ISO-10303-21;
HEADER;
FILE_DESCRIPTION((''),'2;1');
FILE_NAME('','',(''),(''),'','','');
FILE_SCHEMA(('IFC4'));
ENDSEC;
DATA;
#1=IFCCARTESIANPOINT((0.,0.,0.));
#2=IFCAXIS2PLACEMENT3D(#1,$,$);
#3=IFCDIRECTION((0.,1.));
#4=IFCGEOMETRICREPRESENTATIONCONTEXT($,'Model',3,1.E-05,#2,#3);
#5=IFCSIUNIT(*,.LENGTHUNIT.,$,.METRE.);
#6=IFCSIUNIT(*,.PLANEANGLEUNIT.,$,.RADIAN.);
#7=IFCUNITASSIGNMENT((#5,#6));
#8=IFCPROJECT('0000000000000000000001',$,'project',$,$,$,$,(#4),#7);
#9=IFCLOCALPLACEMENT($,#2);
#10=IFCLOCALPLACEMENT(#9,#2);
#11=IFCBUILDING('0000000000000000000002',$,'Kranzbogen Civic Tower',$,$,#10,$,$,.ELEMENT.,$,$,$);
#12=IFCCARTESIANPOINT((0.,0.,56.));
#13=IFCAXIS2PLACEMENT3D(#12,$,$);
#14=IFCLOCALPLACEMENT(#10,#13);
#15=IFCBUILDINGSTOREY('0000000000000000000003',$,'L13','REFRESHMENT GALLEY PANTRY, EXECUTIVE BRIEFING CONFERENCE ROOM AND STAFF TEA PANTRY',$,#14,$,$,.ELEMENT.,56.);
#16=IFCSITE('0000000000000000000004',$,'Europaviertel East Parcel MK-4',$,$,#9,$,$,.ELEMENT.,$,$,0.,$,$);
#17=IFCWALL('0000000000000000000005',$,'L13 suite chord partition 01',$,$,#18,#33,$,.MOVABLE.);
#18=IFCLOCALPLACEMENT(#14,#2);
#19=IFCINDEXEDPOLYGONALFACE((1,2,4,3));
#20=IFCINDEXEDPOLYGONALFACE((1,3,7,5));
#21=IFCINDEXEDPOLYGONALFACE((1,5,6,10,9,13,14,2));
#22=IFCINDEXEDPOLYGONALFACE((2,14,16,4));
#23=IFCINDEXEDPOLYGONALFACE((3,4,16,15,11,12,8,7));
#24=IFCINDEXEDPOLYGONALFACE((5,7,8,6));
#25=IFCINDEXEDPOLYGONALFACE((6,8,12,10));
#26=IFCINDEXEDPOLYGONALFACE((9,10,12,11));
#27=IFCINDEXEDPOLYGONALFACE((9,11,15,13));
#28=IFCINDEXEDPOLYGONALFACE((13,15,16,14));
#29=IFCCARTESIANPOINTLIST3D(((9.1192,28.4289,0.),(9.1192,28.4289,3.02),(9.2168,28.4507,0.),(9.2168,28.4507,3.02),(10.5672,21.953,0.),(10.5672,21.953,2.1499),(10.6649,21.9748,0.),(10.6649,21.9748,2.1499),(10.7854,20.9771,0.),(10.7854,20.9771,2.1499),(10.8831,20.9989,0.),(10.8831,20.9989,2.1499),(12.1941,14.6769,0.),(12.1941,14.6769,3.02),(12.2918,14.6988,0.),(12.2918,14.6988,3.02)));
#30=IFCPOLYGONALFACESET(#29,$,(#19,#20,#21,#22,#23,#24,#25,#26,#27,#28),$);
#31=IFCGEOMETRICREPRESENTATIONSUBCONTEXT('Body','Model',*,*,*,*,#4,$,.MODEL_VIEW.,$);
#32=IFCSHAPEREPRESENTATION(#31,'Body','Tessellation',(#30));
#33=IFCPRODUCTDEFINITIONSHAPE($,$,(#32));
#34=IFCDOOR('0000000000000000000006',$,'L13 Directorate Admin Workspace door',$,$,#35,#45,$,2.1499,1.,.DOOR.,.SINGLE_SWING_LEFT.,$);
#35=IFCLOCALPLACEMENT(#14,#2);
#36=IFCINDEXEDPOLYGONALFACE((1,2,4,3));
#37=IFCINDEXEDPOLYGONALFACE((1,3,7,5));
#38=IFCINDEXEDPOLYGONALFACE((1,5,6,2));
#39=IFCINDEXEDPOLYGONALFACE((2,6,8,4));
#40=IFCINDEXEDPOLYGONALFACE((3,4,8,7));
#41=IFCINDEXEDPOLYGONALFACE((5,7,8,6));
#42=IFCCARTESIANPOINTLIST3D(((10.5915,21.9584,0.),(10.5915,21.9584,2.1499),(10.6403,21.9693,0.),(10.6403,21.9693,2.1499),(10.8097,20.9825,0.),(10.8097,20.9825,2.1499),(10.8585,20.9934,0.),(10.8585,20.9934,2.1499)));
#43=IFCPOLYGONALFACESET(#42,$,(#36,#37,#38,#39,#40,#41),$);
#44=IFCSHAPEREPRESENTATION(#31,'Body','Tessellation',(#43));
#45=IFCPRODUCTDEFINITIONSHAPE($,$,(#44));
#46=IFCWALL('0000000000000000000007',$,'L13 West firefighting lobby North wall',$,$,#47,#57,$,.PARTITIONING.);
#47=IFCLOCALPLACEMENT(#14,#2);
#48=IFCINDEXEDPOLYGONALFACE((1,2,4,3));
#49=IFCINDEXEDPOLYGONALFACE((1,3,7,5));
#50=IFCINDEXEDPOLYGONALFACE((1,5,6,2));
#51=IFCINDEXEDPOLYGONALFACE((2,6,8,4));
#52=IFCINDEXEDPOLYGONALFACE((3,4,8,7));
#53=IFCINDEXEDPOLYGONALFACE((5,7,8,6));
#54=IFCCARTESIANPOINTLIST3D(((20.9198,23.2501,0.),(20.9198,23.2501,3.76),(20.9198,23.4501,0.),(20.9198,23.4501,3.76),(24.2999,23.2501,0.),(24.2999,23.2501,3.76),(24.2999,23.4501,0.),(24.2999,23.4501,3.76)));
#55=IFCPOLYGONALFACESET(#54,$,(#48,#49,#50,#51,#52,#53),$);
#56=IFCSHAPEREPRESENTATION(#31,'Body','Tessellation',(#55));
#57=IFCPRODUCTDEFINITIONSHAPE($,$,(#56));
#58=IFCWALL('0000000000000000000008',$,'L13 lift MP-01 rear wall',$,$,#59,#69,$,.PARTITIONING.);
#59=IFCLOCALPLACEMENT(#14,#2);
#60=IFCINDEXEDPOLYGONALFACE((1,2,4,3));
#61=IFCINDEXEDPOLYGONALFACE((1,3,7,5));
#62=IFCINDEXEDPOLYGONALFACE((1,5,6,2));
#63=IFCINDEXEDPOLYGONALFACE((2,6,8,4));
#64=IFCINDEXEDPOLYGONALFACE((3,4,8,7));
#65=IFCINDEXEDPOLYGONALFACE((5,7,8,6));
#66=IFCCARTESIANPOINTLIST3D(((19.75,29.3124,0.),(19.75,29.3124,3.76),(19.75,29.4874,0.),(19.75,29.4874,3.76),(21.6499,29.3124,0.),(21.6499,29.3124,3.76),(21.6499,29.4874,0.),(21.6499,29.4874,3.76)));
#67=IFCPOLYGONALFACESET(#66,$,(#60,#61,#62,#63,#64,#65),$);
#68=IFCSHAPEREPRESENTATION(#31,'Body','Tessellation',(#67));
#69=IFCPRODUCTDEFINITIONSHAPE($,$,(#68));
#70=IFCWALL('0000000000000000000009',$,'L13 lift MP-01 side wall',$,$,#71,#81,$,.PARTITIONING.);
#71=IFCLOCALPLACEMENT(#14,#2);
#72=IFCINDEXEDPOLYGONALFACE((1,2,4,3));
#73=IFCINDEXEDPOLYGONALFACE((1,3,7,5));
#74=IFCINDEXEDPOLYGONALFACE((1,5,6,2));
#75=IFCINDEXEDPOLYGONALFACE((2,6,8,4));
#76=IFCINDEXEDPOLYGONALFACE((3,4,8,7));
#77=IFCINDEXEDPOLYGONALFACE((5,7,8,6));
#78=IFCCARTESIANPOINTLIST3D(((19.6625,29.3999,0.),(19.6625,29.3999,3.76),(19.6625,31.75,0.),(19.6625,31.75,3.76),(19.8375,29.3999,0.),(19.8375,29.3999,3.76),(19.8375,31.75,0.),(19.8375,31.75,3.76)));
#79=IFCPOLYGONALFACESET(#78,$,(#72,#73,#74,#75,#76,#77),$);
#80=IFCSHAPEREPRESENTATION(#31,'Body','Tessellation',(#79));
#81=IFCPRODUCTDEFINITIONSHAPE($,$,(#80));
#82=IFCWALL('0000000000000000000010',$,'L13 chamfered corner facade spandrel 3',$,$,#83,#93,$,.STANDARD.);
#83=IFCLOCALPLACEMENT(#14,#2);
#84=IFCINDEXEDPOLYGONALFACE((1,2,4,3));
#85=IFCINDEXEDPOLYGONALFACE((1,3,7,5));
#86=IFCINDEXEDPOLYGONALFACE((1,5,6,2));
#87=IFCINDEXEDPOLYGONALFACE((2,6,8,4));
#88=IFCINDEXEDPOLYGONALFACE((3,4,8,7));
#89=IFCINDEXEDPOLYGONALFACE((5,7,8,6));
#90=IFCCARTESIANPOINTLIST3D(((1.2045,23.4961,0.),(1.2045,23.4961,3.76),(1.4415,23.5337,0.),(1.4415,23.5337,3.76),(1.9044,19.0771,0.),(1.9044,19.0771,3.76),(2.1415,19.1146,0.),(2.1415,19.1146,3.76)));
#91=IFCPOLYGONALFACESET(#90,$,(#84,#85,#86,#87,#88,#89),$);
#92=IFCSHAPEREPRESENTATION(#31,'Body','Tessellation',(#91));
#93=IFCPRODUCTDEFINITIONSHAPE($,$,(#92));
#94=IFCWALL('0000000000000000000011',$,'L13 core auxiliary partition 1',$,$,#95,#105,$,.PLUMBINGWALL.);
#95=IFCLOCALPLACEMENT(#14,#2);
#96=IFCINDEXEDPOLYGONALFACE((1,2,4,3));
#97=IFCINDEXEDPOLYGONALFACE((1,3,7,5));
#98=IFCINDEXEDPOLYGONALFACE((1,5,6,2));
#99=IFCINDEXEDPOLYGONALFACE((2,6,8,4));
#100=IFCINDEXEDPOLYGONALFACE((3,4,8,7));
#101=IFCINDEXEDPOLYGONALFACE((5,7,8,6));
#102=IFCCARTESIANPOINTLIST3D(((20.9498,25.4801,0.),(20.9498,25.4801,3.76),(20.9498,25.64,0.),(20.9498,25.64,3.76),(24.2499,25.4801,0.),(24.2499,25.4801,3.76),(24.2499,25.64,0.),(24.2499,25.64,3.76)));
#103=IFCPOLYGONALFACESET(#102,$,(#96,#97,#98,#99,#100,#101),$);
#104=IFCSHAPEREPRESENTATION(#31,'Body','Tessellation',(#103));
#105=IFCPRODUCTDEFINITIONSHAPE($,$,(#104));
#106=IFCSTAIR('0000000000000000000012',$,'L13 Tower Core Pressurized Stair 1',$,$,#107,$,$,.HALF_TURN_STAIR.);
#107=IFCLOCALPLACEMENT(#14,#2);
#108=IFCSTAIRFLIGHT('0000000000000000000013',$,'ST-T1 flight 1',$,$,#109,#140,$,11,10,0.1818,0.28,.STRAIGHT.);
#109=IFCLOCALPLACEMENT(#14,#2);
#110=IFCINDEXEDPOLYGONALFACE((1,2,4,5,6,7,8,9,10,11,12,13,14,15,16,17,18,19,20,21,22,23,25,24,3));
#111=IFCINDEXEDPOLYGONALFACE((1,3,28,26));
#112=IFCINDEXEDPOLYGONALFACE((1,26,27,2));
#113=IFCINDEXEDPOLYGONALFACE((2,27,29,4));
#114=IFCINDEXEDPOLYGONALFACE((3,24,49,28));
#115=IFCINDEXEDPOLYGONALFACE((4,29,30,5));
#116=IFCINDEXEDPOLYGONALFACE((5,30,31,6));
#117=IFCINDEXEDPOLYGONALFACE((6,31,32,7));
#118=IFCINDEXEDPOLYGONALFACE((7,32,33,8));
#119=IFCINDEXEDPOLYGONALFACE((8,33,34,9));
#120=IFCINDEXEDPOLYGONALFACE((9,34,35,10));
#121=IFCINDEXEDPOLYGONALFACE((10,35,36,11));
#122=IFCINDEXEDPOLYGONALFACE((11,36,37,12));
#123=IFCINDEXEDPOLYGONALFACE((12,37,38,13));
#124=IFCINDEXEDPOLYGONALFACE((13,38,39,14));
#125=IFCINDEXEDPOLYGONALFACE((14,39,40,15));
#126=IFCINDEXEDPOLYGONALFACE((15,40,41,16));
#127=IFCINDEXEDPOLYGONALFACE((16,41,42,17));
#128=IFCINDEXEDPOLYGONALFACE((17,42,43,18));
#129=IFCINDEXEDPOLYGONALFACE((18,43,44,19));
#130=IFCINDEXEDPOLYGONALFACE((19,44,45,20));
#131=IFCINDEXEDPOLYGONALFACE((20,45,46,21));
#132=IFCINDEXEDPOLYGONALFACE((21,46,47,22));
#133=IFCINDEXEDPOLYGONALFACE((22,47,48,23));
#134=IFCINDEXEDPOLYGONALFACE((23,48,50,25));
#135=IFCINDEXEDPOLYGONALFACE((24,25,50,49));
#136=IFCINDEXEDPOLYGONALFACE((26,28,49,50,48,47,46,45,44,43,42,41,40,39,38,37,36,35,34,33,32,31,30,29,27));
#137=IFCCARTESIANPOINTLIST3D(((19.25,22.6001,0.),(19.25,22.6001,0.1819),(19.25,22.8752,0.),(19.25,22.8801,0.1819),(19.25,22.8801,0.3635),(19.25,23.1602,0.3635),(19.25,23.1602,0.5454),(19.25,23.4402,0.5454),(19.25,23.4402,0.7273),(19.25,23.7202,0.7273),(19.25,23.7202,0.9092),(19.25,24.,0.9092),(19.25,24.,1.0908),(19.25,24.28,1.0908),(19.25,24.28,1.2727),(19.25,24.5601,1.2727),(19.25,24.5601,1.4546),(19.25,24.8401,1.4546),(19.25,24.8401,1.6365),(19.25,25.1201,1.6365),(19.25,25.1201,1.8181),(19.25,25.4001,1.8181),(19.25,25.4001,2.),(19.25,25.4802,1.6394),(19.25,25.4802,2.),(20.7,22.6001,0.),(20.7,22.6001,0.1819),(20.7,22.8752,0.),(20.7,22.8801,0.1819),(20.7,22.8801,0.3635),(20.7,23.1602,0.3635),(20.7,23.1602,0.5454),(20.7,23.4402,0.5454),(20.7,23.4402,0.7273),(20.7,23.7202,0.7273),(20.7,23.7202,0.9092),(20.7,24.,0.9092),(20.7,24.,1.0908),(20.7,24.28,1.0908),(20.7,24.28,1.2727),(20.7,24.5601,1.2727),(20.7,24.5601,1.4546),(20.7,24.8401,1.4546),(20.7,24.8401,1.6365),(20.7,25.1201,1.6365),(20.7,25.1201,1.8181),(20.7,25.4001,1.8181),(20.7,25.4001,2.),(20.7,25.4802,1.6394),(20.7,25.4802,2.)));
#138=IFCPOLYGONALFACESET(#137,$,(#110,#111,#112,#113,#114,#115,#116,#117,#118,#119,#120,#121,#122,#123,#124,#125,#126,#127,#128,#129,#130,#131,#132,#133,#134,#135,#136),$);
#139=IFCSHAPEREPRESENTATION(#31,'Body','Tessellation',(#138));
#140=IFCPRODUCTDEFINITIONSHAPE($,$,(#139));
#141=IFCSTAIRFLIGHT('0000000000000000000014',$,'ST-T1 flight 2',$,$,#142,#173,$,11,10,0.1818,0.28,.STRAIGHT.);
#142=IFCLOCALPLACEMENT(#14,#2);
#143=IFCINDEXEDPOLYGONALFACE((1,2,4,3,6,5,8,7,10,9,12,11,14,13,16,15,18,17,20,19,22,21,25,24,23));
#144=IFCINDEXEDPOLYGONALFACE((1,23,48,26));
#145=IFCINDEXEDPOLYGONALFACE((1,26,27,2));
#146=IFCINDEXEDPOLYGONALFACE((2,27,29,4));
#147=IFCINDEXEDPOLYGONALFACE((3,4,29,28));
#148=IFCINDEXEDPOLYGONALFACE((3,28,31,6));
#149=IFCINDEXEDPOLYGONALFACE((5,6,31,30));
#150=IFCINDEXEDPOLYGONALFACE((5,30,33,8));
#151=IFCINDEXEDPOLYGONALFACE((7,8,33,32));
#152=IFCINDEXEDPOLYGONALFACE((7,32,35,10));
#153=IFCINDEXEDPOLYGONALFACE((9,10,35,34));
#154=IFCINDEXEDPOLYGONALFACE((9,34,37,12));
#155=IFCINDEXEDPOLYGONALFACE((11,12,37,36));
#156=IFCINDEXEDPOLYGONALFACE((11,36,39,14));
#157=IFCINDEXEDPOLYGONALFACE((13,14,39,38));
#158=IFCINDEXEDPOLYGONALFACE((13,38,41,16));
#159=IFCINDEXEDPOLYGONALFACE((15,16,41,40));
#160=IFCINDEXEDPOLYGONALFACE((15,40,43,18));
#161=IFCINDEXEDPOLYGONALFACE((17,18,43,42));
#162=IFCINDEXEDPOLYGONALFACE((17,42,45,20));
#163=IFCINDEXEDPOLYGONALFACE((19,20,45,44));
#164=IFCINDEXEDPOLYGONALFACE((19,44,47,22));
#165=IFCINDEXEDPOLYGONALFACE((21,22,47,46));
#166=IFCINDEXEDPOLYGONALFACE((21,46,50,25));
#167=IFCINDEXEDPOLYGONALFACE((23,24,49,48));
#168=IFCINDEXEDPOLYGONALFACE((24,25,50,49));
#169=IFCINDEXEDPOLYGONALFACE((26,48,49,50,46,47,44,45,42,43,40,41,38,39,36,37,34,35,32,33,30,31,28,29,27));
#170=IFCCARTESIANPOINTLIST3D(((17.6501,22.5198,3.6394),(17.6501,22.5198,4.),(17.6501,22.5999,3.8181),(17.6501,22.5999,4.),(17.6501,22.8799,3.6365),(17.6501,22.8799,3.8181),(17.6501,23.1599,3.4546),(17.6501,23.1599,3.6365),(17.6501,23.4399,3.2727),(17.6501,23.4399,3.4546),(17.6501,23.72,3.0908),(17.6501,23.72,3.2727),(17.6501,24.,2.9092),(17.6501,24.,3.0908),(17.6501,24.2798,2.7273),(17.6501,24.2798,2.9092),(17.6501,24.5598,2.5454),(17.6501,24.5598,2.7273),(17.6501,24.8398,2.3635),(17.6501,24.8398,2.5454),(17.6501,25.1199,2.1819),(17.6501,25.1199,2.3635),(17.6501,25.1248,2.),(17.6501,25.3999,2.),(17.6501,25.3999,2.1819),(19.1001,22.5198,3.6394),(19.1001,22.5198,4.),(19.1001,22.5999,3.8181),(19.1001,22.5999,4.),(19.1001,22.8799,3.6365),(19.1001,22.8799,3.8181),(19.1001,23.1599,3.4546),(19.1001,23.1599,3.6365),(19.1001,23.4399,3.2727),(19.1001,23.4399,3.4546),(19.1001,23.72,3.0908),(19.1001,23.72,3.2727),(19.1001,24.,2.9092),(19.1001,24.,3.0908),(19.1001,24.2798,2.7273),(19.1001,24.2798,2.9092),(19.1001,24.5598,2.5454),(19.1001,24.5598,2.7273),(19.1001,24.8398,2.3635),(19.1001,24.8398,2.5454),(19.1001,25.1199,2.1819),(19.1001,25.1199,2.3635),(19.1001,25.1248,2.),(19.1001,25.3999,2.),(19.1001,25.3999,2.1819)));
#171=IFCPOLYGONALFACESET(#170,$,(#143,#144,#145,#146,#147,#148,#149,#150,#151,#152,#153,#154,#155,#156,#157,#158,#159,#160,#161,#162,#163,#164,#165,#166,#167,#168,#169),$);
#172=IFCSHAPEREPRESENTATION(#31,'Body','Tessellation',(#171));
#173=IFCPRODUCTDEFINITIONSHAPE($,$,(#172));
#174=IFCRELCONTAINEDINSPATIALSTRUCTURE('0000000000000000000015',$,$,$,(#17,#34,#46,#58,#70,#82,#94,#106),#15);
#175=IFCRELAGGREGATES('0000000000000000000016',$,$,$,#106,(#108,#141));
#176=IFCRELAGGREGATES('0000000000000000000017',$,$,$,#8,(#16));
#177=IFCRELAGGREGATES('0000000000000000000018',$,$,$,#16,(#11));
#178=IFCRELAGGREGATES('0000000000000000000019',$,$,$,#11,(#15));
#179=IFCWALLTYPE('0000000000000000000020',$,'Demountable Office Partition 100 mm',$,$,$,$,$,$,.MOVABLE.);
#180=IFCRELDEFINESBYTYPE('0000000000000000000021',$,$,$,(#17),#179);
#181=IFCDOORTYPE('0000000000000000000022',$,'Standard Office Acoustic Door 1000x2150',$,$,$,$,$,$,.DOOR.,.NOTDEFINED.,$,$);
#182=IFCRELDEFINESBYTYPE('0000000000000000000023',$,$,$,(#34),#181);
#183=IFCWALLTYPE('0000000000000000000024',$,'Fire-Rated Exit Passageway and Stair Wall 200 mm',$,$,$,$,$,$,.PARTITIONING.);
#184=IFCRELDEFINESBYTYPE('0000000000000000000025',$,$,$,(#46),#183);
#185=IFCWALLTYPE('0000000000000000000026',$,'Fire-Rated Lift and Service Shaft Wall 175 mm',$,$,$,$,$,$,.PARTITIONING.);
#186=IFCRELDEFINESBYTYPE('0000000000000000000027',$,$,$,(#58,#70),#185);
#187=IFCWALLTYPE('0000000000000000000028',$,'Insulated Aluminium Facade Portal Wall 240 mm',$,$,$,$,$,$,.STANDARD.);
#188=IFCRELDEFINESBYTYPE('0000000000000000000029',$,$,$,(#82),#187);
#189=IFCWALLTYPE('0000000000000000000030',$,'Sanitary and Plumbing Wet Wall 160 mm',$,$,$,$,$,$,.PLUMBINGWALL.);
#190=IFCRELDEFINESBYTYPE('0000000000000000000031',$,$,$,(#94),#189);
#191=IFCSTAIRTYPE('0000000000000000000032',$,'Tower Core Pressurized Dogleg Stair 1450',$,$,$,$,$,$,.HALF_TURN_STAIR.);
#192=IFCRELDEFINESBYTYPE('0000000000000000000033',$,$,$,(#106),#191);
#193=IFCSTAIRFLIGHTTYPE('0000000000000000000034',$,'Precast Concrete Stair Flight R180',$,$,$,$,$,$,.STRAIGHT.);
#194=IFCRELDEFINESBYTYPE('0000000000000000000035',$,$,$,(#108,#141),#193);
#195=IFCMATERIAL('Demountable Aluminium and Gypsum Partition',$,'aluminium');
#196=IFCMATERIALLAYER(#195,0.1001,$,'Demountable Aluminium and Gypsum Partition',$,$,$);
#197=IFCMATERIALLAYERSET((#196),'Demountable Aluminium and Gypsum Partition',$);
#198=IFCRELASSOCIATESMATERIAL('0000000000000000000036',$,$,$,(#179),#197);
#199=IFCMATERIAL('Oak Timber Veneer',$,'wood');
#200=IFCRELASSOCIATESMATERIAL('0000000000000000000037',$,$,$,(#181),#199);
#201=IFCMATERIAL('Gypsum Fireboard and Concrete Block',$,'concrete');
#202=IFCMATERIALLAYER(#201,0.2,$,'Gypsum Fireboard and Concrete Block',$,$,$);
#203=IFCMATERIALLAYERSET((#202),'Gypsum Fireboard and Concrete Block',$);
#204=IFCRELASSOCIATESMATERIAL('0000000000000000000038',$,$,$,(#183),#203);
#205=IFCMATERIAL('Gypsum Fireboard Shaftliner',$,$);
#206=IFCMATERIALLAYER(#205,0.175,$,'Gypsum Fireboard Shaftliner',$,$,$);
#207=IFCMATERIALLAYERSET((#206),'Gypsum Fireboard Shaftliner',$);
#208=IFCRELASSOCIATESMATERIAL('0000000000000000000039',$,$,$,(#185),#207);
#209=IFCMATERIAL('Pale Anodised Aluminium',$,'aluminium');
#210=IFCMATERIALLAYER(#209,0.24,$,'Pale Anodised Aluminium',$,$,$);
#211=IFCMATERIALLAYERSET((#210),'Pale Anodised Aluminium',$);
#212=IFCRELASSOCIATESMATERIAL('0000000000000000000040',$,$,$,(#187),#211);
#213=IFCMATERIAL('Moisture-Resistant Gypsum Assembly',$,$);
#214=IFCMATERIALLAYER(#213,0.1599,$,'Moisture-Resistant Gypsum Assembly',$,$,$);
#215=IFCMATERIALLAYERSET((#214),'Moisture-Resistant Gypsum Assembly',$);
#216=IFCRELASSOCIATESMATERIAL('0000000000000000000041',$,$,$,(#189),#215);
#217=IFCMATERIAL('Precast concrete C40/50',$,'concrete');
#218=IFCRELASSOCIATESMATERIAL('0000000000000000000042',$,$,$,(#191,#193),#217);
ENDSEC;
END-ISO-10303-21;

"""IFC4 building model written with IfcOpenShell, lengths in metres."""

from ifc_helpers import new_model, si_unit, direction, frame, frame_2d, origin, place, context, subcontext, project, spatial, polyline, rectangle, outline, extrude, material, layer, layer_set, type_object, element, fill, aggregate, save


model = new_model("IFC4")

# Units and contexts
model_context = context("Model", 3, precision=1e-05, world=origin(), true_north=direction((0.0, 1.0)))
body_context = subcontext(model_context, "Body", "Model", "MODEL_VIEW")
ifc_project = project(units=[si_unit("LENGTHUNIT", "METRE"), si_unit("PLANEANGLEUNIT", "RADIAN")], contexts=[model_context])

# Site, building, storey
site_placement = place(None, origin())
site = spatial("IfcSite", under=ifc_project, at=site_placement, Name="Europaviertel East Parcel MK-4", CompositionType="ELEMENT", RefElevation=0.0)
building_placement = place(site_placement, origin())
building = spatial("IfcBuilding", under=site, at=building_placement, Name="Kranzbogen Civic Tower", CompositionType="ELEMENT")
storey_placement = place(building_placement, frame((0.0, 0.0, 56.0)))
storey = spatial("IfcBuildingStorey", under=building, at=storey_placement, Name="L13", Description="REFRESHMENT GALLEY PANTRY, EXECUTIVE BRIEFING CONFERENCE ROOM AND STAFF TEA PANTRY", CompositionType="ELEMENT", Elevation=56.0)

# Shared definitions
ifc_material_1 = material(Name="Pale Anodised Aluminium", Category="aluminium")

# Wall, opening, door
ifc_material_2 = material(Name="Demountable Aluminium and Gypsum Partition", Category="aluminium")
ifc_layer_1 = layer(ifc_material_2, 0.1001, Name="Demountable Aluminium and Gypsum Partition")
ifc_layer_set_1 = layer_set([ifc_layer_1], Name="Demountable Aluminium and Gypsum Partition")
wall_type_1 = type_object("IfcWallType", Name="Demountable Office Partition 100 mm", PredefinedType="MOVABLE", material=ifc_layer_set_1)
wall_1_placement = place(storey_placement, frame((9.168, 28.4399, 0.0), z_axis=(0.0, 0.0, 1.0), x_axis=(0.218213, -0.975901, 0.0)))
wall_1 = element("IfcWall", 1, at=wall_1_placement, inside=storey, type_object=wall_type_1, Name="L13 suite chord partition 01", PredefinedType="MOVABLE", context=body_context, shape_type="SweptSolid", body=[
    extrude(rectangle(XDim=14.0916, YDim=0.1001, at=frame_2d((7.0459, 0.0))), origin(), (0.0, 0.0, 1.0), 3.02),
])
opening_1_placement = place(wall_1_placement, frame((6.636, 0.0, 0.0)))
opening_1 = element("IfcOpeningElement", 2, at=opening_1_placement, cuts=wall_1, PredefinedType="OPENING", context=body_context, shape_type="SweptSolid", body=[
    extrude(rectangle(XDim=1.0, YDim=2.1499, at=frame_2d((0.5, 1.075))), frame((0.0, 0.0601, 0.0), z_axis=(0.0, -1.0, 0.0), x_axis=(1.0, 0.0, 0.0)), (0.0, 0.0, 1.0), 0.1201),
])
ifc_material_3 = material(Name="Oak Timber Veneer", Category="wood")
door_type_1 = type_object("IfcDoorType", Name="Standard Office Acoustic Door 1000x2150", OperationType="NOTDEFINED", PredefinedType="DOOR", material=ifc_material_3)
door_1_placement = place(opening_1_placement, origin())
door_1 = element("IfcDoor", 3, at=door_1_placement, inside=storey, type_object=door_type_1, Name="L13 Directorate Admin Workspace door", OperationType="SINGLE_SWING_LEFT", OverallHeight=2.1499, OverallWidth=1.0, PredefinedType="DOOR", context=body_context, shape_type="SweptSolid", body=[
    extrude(rectangle(XDim=1.0, YDim=2.1499, at=frame_2d((0.5, 1.075))), frame((0.0, 0.0249, 0.0), z_axis=(0.0, -1.0, 0.0), x_axis=(1.0, 0.0, 0.0)), (0.0, 0.0, 1.0), 0.05),
])
fill(opening_1, door_1)

# Walls
ifc_material_4 = material(Name="Gypsum Fireboard and Concrete Block", Category="concrete")
ifc_layer_2 = layer(ifc_material_4, 0.2, Name="Gypsum Fireboard and Concrete Block")
ifc_layer_set_2 = layer_set([ifc_layer_2], Name="Gypsum Fireboard and Concrete Block")
wall_type_2 = type_object("IfcWallType", Name="Fire-Rated Exit Passageway and Stair Wall 200 mm", PredefinedType="PARTITIONING", material=ifc_layer_set_2)
wall_2_placement = place(storey_placement, frame((20.9199, 23.3501, 0.0), z_axis=(0.0, 0.0, 1.0), x_axis=(1.0, 0.0, 0.0)))
element("IfcWall", 4, at=wall_2_placement, inside=storey, type_object=wall_type_2, Name="L13 West firefighting lobby North wall", PredefinedType="PARTITIONING", context=body_context, shape_type="SweptSolid", body=[
    extrude(rectangle(XDim=3.3801, YDim=0.2, at=frame_2d((1.6899, 0.0))), origin(), (0.0, 0.0, 1.0), 3.76),
])
ifc_material_5 = material(Name="Gypsum Fireboard Shaftliner")
ifc_layer_3 = layer(ifc_material_5, 0.175, Name="Gypsum Fireboard Shaftliner")
ifc_layer_set_3 = layer_set([ifc_layer_3], Name="Gypsum Fireboard Shaftliner")
wall_type_3 = type_object("IfcWallType", Name="Fire-Rated Lift and Service Shaft Wall 175 mm", PredefinedType="PARTITIONING", material=ifc_layer_set_3)
wall_3_placement = place(storey_placement, frame((19.75, 29.3999, 0.0), z_axis=(0.0, 0.0, 1.0), x_axis=(1.0, 0.0, 0.0)))
element("IfcWall", 5, at=wall_3_placement, inside=storey, type_object=wall_type_3, Name="L13 lift MP-01 rear wall", PredefinedType="PARTITIONING", context=body_context, shape_type="SweptSolid", body=[
    extrude(rectangle(XDim=1.8999, YDim=0.175, at=frame_2d((0.95, 0.0))), origin(), (0.0, 0.0, 1.0), 3.76),
])
wall_4_placement = place(storey_placement, frame((19.75, 29.3999, 0.0), z_axis=(0.0, 0.0, 1.0), x_axis=(0.0, 1.0, 0.0)))
element("IfcWall", 6, at=wall_4_placement, inside=storey, type_object=wall_type_3, Name="L13 lift MP-01 side wall", PredefinedType="PARTITIONING", context=body_context, shape_type="SweptSolid", body=[
    extrude(rectangle(XDim=2.3501, YDim=0.175, at=frame_2d((1.175, 0.0))), origin(), (0.0, 0.0, 1.0), 3.76),
])
ifc_layer_4 = layer(ifc_material_1, 0.24, Name="Pale Anodised Aluminium")
ifc_layer_set_4 = layer_set([ifc_layer_4], Name="Pale Anodised Aluminium")
wall_type_4 = type_object("IfcWallType", Name="Insulated Aluminium Facade Portal Wall 240 mm", PredefinedType="STANDARD", material=ifc_layer_set_4)
wall_5_placement = place(storey_placement, frame((1.323, 23.5149, 0.0), z_axis=(0.0, 0.0, 1.0), x_axis=(0.156447, -0.987686, 0.0)))
element("IfcWall", 7, at=wall_5_placement, inside=storey, type_object=wall_type_4, Name="L13 chamfered corner facade spandrel 3", PredefinedType="STANDARD", context=body_context, shape_type="SweptSolid", body=[
    extrude(rectangle(XDim=4.4741, YDim=0.24, at=frame_2d((2.2371, 0.0))), origin(), (0.0, 0.0, 1.0), 3.76),
])
ifc_material_6 = material(Name="Moisture-Resistant Gypsum Assembly")
ifc_layer_5 = layer(ifc_material_6, 0.1599, Name="Moisture-Resistant Gypsum Assembly")
ifc_layer_set_5 = layer_set([ifc_layer_5], Name="Moisture-Resistant Gypsum Assembly")
wall_type_5 = type_object("IfcWallType", Name="Sanitary and Plumbing Wet Wall 160 mm", PredefinedType="PLUMBINGWALL", material=ifc_layer_set_5)
wall_6_placement = place(storey_placement, frame((20.95, 25.5601, 0.0), z_axis=(0.0, 0.0, 1.0), x_axis=(1.0, 0.0, 0.0)))
element("IfcWall", 8, at=wall_6_placement, inside=storey, type_object=wall_type_5, Name="L13 core auxiliary partition 1", PredefinedType="PLUMBINGWALL", context=body_context, shape_type="SweptSolid", body=[
    extrude(rectangle(XDim=3.3, YDim=0.1599, at=frame_2d((1.6499, 0.0))), origin(), (0.0, 0.0, 1.0), 3.76),
])

# Stair, stair flights
ifc_material_7 = material(Name="Precast concrete C40/50", Category="concrete")
stair_type = type_object("IfcStairType", Name="Tower Core Pressurized Dogleg Stair 1450", PredefinedType="HALF_TURN_STAIR", material=ifc_material_7)
stair_placement = place(storey_placement, origin())
stair = element("IfcStair", 9, at=stair_placement, inside=storey, type_object=stair_type, Name="L13 Tower Core Pressurized Stair 1", PredefinedType="HALF_TURN_STAIR")
stair_flight_type = type_object("IfcStairFlightType", Name="Precast Concrete Stair Flight R180", PredefinedType="STRAIGHT", material=ifc_material_7)
stair_flight_1_placement = place(storey_placement, frame((19.9751, 22.6001, 0.0), z_axis=(0.0, 0.0, 1.0), x_axis=(0.0, 1.0, 0.0)))
stair_flight_1 = element("IfcStairFlight", 10, at=stair_flight_1_placement, type_object=stair_flight_type, Name="ST-T1 flight 1", NumberOfRisers=11, NumberOfTreads=10, PredefinedType="STRAIGHT", RiserHeight=0.1818, TreadLength=0.28, context=body_context, shape_type="SweptSolid", body=[
    extrude(outline(polyline([(0.0, 0.0), (0.0, 0.1819), (0.28, 0.1819), (0.28, 0.3635), (0.5601, 0.3635), (0.5601, 0.5454), (0.8401, 0.5454), (0.8401, 0.7273), (1.1201, 0.7273), (1.1201, 0.9092), (1.3999, 0.9092), (1.3999, 1.0908), (1.6799, 1.0908), (1.6799, 1.2727), (1.96, 1.2727), (1.96, 1.4546), (2.24, 1.4546), (2.24, 1.6365), (2.52, 1.6365), (2.52, 1.8181), (2.8, 1.8181), (2.8, 2.0), (2.8801, 2.0), (2.8801, 1.6394), (0.2751, 0.0), (0.0, 0.0)])), frame((0.0, 0.7251, 0.0), z_axis=(0.0, -1.0, 0.0), x_axis=(1.0, 0.0, 0.0)), (0.0, 0.0, 1.0), 1.45),
])
stair_flight_2_placement = place(storey_placement, frame((18.375, 25.3999, 2.0), z_axis=(0.0, 0.0, 1.0), x_axis=(0.0, -1.0, 0.0)))
stair_flight_2 = element("IfcStairFlight", 11, at=stair_flight_2_placement, type_object=stair_flight_type, Name="ST-T1 flight 2", NumberOfRisers=11, NumberOfTreads=10, PredefinedType="STRAIGHT", RiserHeight=0.1818, TreadLength=0.28, context=body_context, shape_type="SweptSolid", body=[
    extrude(outline(polyline([(0.0, 0.0), (0.0, 0.1819), (0.28, 0.1819), (0.28, 0.3635), (0.5601, 0.3635), (0.5601, 0.5454), (0.8401, 0.5454), (0.8401, 0.7273), (1.1201, 0.7273), (1.1201, 0.9092), (1.3999, 0.9092), (1.3999, 1.0908), (1.6799, 1.0908), (1.6799, 1.2727), (1.96, 1.2727), (1.96, 1.4546), (2.24, 1.4546), (2.24, 1.6365), (2.52, 1.6365), (2.52, 1.8181), (2.8, 1.8181), (2.8, 2.0), (2.8801, 2.0), (2.8801, 1.6394), (0.2751, 0.0), (0.0, 0.0)])), frame((0.0, 0.7251, 0.0), z_axis=(0.0, -1.0, 0.0), x_axis=(1.0, 0.0, 0.0)), (0.0, 0.0, 1.0), 1.45),
])
aggregate(stair, [stair_flight_1, stair_flight_2])

save(model, "model.ifc")
